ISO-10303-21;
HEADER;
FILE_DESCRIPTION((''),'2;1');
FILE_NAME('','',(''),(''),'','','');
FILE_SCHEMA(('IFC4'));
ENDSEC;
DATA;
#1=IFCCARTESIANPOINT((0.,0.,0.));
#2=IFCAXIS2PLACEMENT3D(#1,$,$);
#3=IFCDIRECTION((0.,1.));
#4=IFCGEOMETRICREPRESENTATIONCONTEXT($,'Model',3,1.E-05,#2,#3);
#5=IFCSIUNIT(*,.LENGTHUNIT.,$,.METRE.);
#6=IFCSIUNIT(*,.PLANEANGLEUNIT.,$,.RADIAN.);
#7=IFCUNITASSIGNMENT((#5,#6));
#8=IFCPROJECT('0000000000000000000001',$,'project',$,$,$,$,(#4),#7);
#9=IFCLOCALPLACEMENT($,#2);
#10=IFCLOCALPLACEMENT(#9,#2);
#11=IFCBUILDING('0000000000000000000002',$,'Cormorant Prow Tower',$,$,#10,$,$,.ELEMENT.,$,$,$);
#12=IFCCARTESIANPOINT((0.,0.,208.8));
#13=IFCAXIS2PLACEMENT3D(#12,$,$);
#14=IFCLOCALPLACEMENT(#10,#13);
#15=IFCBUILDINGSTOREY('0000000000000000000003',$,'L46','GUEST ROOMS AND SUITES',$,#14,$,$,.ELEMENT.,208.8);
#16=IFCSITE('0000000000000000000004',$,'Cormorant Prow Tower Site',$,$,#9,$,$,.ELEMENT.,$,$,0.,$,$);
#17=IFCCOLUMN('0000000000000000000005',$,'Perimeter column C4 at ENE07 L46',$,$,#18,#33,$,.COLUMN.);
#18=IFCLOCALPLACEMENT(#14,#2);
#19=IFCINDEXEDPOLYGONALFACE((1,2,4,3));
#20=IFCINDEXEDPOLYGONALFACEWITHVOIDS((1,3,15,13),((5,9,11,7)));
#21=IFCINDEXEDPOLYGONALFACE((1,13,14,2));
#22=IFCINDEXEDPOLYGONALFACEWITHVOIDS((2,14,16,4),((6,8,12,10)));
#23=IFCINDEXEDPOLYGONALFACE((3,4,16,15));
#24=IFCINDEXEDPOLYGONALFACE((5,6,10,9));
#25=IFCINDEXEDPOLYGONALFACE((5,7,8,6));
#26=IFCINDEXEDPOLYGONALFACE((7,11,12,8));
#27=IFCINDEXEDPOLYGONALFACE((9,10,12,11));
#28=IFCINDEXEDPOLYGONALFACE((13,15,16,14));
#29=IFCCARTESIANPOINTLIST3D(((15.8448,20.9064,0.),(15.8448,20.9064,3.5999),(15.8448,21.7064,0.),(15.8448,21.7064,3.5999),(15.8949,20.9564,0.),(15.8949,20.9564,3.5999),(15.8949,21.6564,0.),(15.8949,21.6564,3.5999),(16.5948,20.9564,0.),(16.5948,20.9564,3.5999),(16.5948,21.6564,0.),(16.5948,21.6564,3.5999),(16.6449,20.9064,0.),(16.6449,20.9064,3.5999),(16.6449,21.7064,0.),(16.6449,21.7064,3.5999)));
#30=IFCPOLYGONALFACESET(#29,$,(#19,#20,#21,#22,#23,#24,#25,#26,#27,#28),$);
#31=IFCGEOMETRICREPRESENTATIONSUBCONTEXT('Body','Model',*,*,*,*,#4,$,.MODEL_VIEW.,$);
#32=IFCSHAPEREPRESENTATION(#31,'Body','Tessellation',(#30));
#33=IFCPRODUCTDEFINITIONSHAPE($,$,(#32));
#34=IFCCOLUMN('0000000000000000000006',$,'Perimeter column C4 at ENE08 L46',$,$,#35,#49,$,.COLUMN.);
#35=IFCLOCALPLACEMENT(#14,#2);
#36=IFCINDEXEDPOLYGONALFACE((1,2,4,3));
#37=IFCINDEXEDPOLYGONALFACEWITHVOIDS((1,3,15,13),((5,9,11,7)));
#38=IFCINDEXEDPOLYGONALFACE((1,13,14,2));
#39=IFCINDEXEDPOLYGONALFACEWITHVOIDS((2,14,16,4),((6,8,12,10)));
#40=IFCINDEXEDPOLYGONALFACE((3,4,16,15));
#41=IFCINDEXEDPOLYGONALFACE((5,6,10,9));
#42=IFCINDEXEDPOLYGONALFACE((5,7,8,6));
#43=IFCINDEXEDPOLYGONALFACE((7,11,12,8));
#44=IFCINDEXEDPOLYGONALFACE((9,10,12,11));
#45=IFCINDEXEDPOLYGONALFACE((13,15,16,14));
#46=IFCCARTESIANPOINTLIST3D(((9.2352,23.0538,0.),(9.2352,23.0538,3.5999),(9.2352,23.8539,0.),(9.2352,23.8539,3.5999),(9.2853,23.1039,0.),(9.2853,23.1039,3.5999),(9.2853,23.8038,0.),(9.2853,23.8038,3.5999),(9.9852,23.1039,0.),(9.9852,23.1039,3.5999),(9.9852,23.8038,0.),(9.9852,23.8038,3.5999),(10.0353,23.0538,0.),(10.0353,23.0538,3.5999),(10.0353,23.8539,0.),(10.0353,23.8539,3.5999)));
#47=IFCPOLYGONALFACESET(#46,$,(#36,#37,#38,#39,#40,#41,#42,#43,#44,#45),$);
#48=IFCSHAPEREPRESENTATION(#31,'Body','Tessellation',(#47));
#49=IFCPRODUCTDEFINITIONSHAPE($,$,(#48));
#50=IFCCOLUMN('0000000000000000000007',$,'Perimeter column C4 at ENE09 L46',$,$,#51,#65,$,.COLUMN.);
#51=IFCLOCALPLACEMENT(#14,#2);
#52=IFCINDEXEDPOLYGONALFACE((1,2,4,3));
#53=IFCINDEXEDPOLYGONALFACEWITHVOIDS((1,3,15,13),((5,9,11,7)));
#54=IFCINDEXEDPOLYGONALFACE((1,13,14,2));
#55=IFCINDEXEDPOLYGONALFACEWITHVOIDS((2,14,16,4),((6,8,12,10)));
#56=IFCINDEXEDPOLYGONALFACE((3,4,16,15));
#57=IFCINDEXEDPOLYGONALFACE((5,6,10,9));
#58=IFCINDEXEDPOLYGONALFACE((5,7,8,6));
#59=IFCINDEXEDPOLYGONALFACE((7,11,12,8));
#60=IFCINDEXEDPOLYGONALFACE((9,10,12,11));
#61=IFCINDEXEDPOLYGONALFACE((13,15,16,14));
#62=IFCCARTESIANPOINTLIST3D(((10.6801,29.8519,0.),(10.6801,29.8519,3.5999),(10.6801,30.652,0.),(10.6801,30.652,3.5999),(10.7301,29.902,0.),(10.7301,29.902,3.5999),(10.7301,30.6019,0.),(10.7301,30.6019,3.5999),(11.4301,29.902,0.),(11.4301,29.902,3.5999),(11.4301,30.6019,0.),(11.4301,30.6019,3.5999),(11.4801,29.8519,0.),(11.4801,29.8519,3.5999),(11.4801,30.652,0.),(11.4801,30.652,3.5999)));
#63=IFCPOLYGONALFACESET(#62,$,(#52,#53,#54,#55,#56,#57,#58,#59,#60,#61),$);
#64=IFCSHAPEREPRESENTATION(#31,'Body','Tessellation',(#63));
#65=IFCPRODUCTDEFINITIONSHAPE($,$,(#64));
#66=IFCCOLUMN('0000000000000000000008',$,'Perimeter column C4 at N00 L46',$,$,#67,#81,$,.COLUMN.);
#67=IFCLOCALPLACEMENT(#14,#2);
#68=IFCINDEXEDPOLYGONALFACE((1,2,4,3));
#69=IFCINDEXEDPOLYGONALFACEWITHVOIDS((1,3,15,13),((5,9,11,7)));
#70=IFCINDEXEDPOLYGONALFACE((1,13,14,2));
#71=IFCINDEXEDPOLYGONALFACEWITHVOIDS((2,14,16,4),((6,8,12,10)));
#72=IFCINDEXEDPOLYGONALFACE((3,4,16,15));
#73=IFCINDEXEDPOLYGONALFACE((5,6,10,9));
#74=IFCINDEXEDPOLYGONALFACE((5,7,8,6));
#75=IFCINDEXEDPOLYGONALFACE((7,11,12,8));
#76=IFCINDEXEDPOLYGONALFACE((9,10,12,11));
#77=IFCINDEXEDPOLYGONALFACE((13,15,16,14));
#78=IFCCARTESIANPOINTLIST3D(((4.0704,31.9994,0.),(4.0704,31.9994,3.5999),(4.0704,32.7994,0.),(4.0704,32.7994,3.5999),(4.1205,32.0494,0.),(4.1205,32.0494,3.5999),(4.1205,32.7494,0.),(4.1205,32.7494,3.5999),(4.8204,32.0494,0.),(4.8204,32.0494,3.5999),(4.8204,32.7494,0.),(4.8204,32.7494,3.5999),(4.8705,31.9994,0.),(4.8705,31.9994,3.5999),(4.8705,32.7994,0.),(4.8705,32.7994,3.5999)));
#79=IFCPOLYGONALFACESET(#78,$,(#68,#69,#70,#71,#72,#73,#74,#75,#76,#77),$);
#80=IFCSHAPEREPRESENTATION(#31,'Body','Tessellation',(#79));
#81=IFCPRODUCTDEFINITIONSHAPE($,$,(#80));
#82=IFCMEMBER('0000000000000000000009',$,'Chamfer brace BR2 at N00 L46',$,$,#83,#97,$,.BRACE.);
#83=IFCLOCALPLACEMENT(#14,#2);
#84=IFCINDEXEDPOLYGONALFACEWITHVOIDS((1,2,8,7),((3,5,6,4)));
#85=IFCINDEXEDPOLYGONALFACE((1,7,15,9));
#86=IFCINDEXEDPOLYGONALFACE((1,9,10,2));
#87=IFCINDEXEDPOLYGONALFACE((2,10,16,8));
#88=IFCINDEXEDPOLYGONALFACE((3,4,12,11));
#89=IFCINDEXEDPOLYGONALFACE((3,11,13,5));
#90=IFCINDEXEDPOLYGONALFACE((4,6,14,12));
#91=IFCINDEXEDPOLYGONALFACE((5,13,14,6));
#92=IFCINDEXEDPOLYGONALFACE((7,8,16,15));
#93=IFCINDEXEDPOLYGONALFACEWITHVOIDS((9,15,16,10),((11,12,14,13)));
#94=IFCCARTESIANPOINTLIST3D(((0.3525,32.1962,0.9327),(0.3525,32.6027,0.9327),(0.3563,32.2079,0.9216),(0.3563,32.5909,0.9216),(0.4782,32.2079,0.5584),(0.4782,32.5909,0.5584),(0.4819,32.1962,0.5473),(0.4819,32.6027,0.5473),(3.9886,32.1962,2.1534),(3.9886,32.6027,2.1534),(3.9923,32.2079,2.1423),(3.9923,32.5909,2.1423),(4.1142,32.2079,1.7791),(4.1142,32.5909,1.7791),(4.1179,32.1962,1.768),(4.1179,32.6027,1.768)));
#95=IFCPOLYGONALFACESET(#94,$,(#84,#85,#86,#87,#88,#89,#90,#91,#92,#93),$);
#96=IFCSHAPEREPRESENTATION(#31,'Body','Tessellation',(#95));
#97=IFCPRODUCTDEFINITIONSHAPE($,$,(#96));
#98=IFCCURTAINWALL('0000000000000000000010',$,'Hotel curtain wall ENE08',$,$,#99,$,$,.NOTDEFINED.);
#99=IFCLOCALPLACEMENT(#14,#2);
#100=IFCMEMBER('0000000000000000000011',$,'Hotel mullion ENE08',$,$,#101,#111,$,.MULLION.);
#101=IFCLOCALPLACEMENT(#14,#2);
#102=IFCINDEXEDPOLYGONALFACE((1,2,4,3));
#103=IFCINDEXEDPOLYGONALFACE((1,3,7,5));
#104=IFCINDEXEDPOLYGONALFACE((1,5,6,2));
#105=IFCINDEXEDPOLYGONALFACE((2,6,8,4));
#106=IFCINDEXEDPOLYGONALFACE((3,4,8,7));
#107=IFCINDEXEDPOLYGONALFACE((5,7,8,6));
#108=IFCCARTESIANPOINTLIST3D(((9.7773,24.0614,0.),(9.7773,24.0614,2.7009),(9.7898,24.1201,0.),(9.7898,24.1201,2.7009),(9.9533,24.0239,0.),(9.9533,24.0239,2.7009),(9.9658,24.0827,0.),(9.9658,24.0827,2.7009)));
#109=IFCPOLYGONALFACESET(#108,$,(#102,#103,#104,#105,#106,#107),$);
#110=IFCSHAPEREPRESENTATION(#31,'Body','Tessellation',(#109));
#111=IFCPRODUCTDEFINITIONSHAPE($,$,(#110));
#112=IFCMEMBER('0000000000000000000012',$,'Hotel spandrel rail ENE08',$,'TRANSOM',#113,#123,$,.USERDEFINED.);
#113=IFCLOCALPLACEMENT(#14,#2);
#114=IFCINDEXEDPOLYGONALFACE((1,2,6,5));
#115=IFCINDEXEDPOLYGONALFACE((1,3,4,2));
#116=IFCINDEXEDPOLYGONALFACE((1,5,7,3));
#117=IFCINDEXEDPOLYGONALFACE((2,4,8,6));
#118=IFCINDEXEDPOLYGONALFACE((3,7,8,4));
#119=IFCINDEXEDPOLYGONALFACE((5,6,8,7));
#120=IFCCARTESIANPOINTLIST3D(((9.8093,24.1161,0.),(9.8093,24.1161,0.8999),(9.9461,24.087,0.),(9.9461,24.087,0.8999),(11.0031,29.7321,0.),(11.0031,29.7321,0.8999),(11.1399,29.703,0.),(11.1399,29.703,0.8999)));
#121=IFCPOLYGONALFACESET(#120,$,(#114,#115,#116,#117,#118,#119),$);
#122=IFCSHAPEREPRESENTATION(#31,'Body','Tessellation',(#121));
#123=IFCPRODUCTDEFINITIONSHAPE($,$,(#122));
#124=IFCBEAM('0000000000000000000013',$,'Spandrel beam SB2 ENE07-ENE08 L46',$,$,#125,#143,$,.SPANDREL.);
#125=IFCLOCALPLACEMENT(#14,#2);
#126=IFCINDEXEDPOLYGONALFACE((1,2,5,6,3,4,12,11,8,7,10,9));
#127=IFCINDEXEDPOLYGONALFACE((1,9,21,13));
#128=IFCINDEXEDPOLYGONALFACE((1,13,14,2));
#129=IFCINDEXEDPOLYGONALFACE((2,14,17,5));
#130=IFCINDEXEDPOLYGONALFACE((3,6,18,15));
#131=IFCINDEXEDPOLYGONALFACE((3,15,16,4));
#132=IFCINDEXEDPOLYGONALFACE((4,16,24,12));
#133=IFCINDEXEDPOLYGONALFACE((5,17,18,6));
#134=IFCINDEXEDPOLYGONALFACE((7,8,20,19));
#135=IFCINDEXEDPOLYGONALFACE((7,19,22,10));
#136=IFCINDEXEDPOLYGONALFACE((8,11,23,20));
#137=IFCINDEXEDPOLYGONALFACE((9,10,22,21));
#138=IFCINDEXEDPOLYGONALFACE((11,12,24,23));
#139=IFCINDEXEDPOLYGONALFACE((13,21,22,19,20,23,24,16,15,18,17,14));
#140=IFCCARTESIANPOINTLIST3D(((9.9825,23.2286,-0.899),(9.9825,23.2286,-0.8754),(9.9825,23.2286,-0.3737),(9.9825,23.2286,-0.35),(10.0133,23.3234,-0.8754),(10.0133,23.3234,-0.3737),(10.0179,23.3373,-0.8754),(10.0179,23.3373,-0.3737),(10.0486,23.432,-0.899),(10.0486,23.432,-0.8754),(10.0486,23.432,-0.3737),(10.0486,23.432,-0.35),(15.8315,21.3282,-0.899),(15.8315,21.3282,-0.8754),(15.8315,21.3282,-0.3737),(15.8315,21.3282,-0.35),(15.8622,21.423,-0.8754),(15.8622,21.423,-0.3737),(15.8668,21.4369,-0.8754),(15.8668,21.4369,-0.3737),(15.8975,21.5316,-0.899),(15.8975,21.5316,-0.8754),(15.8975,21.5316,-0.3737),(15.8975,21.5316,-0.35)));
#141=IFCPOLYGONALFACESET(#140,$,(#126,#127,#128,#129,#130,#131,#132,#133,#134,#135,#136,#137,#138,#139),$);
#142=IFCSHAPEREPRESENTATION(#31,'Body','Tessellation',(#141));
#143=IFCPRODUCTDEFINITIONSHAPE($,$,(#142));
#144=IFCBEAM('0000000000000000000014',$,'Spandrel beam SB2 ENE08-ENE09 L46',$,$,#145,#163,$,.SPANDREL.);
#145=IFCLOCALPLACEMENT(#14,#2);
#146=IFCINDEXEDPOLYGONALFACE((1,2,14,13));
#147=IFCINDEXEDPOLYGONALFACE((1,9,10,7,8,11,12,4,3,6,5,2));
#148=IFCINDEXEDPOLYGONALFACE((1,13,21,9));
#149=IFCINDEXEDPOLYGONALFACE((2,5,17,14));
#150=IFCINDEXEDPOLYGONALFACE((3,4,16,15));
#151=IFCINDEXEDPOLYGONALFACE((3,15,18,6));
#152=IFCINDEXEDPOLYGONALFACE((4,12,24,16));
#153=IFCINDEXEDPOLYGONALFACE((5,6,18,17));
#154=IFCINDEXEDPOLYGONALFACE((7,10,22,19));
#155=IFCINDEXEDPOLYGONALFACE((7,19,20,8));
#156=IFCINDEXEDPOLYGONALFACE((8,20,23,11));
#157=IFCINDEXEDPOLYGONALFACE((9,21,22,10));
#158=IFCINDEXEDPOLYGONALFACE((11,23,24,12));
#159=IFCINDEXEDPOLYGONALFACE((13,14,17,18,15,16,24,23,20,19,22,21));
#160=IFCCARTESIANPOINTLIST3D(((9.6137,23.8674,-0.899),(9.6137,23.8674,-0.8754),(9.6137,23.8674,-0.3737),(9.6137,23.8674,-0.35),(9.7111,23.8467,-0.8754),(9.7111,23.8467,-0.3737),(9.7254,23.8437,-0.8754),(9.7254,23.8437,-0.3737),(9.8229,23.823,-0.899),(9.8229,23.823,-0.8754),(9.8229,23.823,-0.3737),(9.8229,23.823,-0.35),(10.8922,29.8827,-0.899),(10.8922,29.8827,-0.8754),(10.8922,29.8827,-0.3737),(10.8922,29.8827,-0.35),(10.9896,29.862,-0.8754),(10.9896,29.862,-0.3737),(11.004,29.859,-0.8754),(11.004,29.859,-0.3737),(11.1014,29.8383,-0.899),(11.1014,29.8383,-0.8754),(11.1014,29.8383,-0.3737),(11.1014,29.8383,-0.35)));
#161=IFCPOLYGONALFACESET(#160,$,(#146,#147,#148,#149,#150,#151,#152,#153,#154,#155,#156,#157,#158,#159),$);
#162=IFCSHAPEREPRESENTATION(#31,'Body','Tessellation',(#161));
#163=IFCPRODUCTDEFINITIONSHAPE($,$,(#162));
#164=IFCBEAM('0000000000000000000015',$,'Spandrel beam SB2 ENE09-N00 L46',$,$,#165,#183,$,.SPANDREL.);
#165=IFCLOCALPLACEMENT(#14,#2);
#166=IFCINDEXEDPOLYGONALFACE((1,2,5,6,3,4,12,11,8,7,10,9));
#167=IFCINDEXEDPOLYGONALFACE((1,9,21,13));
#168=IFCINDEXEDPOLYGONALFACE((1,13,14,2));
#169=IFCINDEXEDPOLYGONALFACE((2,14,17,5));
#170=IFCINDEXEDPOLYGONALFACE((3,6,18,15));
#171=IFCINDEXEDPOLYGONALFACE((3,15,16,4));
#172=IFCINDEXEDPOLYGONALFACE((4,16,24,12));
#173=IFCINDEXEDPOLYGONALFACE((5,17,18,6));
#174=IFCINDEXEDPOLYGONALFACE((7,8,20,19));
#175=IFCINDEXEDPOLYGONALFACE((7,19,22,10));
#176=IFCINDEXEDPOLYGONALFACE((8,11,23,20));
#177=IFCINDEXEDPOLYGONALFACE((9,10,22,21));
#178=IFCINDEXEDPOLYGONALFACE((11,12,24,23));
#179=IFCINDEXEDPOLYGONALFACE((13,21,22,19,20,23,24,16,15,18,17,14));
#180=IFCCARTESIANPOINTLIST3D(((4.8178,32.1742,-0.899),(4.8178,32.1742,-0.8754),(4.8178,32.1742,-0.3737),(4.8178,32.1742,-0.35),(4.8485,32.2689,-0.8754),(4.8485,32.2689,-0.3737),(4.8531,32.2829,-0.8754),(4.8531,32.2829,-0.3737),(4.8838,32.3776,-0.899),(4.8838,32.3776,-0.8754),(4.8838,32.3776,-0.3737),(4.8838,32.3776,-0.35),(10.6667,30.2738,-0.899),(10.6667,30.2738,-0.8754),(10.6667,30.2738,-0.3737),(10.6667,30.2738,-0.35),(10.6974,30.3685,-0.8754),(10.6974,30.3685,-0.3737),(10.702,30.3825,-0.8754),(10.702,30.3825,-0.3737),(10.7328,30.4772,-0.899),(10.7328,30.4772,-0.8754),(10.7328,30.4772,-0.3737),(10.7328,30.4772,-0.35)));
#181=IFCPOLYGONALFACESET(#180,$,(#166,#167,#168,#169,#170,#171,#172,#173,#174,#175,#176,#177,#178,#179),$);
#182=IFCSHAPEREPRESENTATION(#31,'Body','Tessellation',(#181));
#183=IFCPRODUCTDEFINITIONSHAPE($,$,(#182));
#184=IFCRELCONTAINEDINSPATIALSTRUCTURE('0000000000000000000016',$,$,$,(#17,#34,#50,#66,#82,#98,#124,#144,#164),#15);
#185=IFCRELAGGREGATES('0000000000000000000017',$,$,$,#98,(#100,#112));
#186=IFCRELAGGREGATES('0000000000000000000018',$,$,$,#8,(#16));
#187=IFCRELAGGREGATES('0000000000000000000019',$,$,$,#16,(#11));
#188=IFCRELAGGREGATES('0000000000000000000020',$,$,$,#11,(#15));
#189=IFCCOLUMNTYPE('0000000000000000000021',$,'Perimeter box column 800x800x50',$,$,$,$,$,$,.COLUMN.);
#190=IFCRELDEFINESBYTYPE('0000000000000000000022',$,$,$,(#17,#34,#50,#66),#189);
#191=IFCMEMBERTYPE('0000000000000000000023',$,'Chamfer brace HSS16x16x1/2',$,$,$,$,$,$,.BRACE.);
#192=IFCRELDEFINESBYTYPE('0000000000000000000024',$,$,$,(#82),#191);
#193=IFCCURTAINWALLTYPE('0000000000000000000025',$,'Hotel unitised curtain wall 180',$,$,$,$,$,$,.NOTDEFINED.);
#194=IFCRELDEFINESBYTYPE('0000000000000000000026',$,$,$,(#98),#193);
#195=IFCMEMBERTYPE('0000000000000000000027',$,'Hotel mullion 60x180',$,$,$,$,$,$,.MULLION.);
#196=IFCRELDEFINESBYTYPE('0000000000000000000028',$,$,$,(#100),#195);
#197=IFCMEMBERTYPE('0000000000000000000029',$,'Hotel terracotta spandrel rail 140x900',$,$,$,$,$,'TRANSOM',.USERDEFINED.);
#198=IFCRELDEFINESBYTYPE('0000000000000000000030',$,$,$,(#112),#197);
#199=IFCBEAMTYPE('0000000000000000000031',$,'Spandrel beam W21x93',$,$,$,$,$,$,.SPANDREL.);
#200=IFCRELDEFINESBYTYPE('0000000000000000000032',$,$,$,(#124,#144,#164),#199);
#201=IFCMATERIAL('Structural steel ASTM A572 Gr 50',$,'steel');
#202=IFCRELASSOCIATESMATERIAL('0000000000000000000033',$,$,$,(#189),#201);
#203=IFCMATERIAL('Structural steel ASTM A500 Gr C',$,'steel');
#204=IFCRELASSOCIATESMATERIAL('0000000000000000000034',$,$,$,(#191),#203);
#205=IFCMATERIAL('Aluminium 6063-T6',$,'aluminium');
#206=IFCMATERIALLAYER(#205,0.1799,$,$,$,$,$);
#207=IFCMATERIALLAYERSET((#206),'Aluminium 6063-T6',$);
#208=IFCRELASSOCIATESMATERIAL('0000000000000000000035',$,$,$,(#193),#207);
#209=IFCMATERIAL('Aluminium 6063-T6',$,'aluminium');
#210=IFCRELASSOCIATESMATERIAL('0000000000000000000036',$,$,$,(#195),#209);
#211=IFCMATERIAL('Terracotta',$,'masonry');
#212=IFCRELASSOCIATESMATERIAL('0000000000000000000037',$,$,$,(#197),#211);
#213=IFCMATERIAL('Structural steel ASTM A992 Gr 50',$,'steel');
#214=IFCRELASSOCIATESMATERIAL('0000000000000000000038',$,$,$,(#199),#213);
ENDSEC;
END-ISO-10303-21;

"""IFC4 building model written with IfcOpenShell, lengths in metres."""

from ifc_helpers import new_model, si_unit, direction, frame, origin, origin_2d, place, context, subcontext, project, spatial, rectangle, hollow_rectangle, i_section, extrude, material, layer, layer_set, material_profile, profile_set, type_object, element, aggregate, save


model = new_model("IFC4")

# Units and contexts
model_context = context("Model", 3, precision=1e-05, world=origin(), true_north=direction((0.0, 1.0)))
body_context = subcontext(model_context, "Body", "Model", "MODEL_VIEW")
ifc_project = project(units=[si_unit("LENGTHUNIT", "METRE"), si_unit("PLANEANGLEUNIT", "RADIAN")], contexts=[model_context])

# Site, building, storey
site_placement = place(None, origin())
site = spatial("IfcSite", under=ifc_project, at=site_placement, Name="Cormorant Prow Tower Site", CompositionType="ELEMENT", RefElevation=0.0)
building_placement = place(site_placement, origin())
building = spatial("IfcBuilding", under=site, at=building_placement, Name="Cormorant Prow Tower", CompositionType="ELEMENT")
storey_placement = place(building_placement, frame((0.0, 0.0, 208.8)))
storey = spatial("IfcBuildingStorey", under=building, at=storey_placement, Name="L46", Description="GUEST ROOMS AND SUITES", CompositionType="ELEMENT", Elevation=208.8)

# Columns
ifc_material_1 = material(Name="Structural steel ASTM A572 Gr 50", Category="steel")
ifc_material_profile_1 = material_profile(ifc_material_1, hollow_rectangle(XDim=0.8, YDim=0.8, WallThickness=0.05, at=origin_2d()), Name="Box 800x800x50")
ifc_profile_set_1 = profile_set([ifc_material_profile_1], Name="Structural steel ASTM A572 Gr 50")
column_type = type_object("IfcColumnType", Name="Perimeter box column 800x800x50", PredefinedType="COLUMN", material=ifc_profile_set_1)
for number, where, z_axis, x_axis, name in (
    (1, (16.2449, 21.3064, 0.0), (0.0, 0.0, 1.0), (1.0, 0.0, 0.0), "Perimeter column C4 at ENE07 L46"),
    (2, (9.6353, 23.4539, 0.0), (0.0, 0.0, 1.0), (1.0, 0.0, 0.0), "Perimeter column C4 at ENE08 L46"),
    (3, (11.0801, 30.252, 0.0), (0.0, 0.0, 1.0), (1.0, 0.0, 0.0), "Perimeter column C4 at ENE09 L46"),
    (4, (4.4705, 32.3994, 0.0), (0.0, 0.0, 1.0), (1.0, 0.0, 0.0), "Perimeter column C4 at N00 L46"),
):
    element("IfcColumn", number, at=place(storey_placement, frame(where, z_axis=z_axis, x_axis=x_axis)), inside=storey, type_object=column_type, Name=name, PredefinedType="COLUMN", context=body_context, shape_type="SweptSolid", body=[
        extrude(hollow_rectangle(XDim=0.8, YDim=0.8, WallThickness=0.05, at=origin_2d()), origin(), (0.0, 0.0, 1.0), 3.5999),
    ])

# Member
ifc_material_2 = material(Name="Structural steel ASTM A500 Gr C", Category="steel")
ifc_material_profile_2 = material_profile(ifc_material_2, hollow_rectangle(XDim=0.4065, YDim=0.4065, WallThickness=0.0117, at=origin_2d()), Name="HSS16x16x1/2")
ifc_profile_set_2 = profile_set([ifc_material_profile_2], Name="Structural steel ASTM A500 Gr C")
member_type_1 = type_object("IfcMemberType", Name="Chamfer brace HSS16x16x1/2", PredefinedType="BRACE", material=ifc_profile_set_2)
member_1_placement = place(storey_placement, frame((0.4172, 32.3994, 0.74), z_axis=(0.948, 0.0, 0.31827), x_axis=(0.0, 1.0, 0.0)))
element("IfcMember", 5, at=member_1_placement, inside=storey, type_object=member_type_1, Name="Chamfer brace BR2 at N00 L46", PredefinedType="BRACE", context=body_context, shape_type="SweptSolid", body=[
    extrude(hollow_rectangle(XDim=0.4065, YDim=0.4065, WallThickness=0.0117, at=origin_2d()), origin(), (0.0, 0.0, 1.0), 3.8354),
])

# Curtain wall, members
ifc_material_3 = material(Name="Aluminium 6063-T6", Category="aluminium")
ifc_layer_1 = layer(ifc_material_3, 0.1799)
ifc_layer_set_1 = layer_set([ifc_layer_1], Name="Aluminium 6063-T6")
curtain_wall_type = type_object("IfcCurtainWallType", Name="Hotel unitised curtain wall 180", PredefinedType="NOTDEFINED", material=ifc_layer_set_1)
curtain_wall_1_placement = place(storey_placement, origin())
curtain_wall_1 = element("IfcCurtainWall", 6, at=curtain_wall_1_placement, inside=storey, type_object=curtain_wall_type, Name="Hotel curtain wall ENE08", PredefinedType="NOTDEFINED")
ifc_material_4 = material(Name="Aluminium 6063-T6", Category="aluminium")
ifc_material_profile_3 = material_profile(ifc_material_4, rectangle(XDim=0.1799, YDim=0.0601, at=origin_2d()), Name="Hotel mullion 60x180")
ifc_profile_set_3 = profile_set([ifc_material_profile_3], Name="Aluminium 6063-T6")
member_type_2 = type_object("IfcMemberType", Name="Hotel mullion 60x180", PredefinedType="MULLION", material=ifc_profile_set_3)
member_2_placement = place(storey_placement, frame((9.8716, 24.072, 0.0), z_axis=(0.0, 0.0, 1.0), x_axis=(-0.978148, 0.207912, 0.0)))
member_2 = element("IfcMember", 7, at=member_2_placement, type_object=member_type_2, Name="Hotel mullion ENE08", PredefinedType="MULLION", context=body_context, shape_type="SweptSolid", body=[
    extrude(rectangle(XDim=0.1799, YDim=0.0601, at=origin_2d()), origin(), (0.0, 0.0, 1.0), 2.7009),
])
ifc_material_5 = material(Name="Terracotta", Category="masonry")
ifc_material_profile_4 = material_profile(ifc_material_5, rectangle(XDim=0.1399, YDim=0.8999, at=origin_2d()), Name="Hotel terracotta spandrel rail 140x900")
ifc_profile_set_4 = profile_set([ifc_material_profile_4], Name="Terracotta")
member_type_3 = type_object("IfcMemberType", Name="Hotel terracotta spandrel rail 140x900", ElementType="TRANSOM", PredefinedType="USERDEFINED", material=ifc_profile_set_4)
member_3_placement = place(storey_placement, frame((9.8777, 24.1016, 0.45), z_axis=(0.207935, 0.978143, 0.0), x_axis=(-0.978143, 0.207935, 0.0)))
member_3 = element("IfcMember", 8, at=member_3_placement, type_object=member_type_3, Name="Hotel spandrel rail ENE08", ObjectType="TRANSOM", PredefinedType="USERDEFINED", context=body_context, shape_type="SweptSolid", body=[
    extrude(rectangle(XDim=0.1399, YDim=0.8999, at=origin_2d()), origin(), (0.0, 0.0, 1.0), 5.7415),
])

# Beams
ifc_material_6 = material(Name="Structural steel ASTM A992 Gr 50", Category="steel")
ifc_material_profile_5 = material_profile(ifc_material_6, i_section(OverallWidth=0.2139, OverallDepth=0.5491, WebThickness=0.0146, FlangeThickness=0.0237, at=origin_2d()), Name="W21x93")
ifc_profile_set_5 = profile_set([ifc_material_profile_5], Name="Structural steel ASTM A992 Gr 50")
beam_type = type_object("IfcBeamType", Name="Spandrel beam W21x93", PredefinedType="SPANDREL", material=ifc_profile_set_5)
beam_1_placement = place(storey_placement, frame((15.8645, 21.4299, -0.6245), z_axis=(-0.951058, 0.309013, 0.0), x_axis=(-0.309013, -0.951058, 0.0)))
element("IfcBeam", 9, at=beam_1_placement, inside=storey, type_object=beam_type, Name="Spandrel beam SB2 ENE07-ENE08 L46", PredefinedType="SPANDREL", context=body_context, shape_type="SweptSolid", body=[
    extrude(i_section(OverallWidth=0.2139, OverallDepth=0.5491, WebThickness=0.0146, FlangeThickness=0.0237, at=origin_2d()), origin(), (0.0, 0.0, 1.0), 6.1499),
])
beam_2_placement = place(storey_placement, frame((9.7183, 23.8452, -0.6245), z_axis=(0.207905, 0.978149, 0.0), x_axis=(-0.978149, 0.207905, 0.0)))
element("IfcBeam", 10, at=beam_2_placement, inside=storey, type_object=beam_type, Name="Spandrel beam SB2 ENE08-ENE09 L46", PredefinedType="SPANDREL", context=body_context, shape_type="SweptSolid", body=[
    extrude(i_section(OverallWidth=0.2139, OverallDepth=0.5491, WebThickness=0.0146, FlangeThickness=0.0237, at=origin_2d()), origin(), (0.0, 0.0, 1.0), 6.1497),
])
beam_3_placement = place(storey_placement, frame((10.6997, 30.3755, -0.6245), z_axis=(-0.951058, 0.309013, 0.0), x_axis=(-0.309013, -0.951058, 0.0)))
element("IfcBeam", 11, at=beam_3_placement, inside=storey, type_object=beam_type, Name="Spandrel beam SB2 ENE09-N00 L46", PredefinedType="SPANDREL", context=body_context, shape_type="SweptSolid", body=[
    extrude(i_section(OverallWidth=0.2139, OverallDepth=0.5491, WebThickness=0.0146, FlangeThickness=0.0237, at=origin_2d()), origin(), (0.0, 0.0, 1.0), 6.1499),
])

aggregate(curtain_wall_1, [member_2, member_3])

save(model, "model.ifc")
